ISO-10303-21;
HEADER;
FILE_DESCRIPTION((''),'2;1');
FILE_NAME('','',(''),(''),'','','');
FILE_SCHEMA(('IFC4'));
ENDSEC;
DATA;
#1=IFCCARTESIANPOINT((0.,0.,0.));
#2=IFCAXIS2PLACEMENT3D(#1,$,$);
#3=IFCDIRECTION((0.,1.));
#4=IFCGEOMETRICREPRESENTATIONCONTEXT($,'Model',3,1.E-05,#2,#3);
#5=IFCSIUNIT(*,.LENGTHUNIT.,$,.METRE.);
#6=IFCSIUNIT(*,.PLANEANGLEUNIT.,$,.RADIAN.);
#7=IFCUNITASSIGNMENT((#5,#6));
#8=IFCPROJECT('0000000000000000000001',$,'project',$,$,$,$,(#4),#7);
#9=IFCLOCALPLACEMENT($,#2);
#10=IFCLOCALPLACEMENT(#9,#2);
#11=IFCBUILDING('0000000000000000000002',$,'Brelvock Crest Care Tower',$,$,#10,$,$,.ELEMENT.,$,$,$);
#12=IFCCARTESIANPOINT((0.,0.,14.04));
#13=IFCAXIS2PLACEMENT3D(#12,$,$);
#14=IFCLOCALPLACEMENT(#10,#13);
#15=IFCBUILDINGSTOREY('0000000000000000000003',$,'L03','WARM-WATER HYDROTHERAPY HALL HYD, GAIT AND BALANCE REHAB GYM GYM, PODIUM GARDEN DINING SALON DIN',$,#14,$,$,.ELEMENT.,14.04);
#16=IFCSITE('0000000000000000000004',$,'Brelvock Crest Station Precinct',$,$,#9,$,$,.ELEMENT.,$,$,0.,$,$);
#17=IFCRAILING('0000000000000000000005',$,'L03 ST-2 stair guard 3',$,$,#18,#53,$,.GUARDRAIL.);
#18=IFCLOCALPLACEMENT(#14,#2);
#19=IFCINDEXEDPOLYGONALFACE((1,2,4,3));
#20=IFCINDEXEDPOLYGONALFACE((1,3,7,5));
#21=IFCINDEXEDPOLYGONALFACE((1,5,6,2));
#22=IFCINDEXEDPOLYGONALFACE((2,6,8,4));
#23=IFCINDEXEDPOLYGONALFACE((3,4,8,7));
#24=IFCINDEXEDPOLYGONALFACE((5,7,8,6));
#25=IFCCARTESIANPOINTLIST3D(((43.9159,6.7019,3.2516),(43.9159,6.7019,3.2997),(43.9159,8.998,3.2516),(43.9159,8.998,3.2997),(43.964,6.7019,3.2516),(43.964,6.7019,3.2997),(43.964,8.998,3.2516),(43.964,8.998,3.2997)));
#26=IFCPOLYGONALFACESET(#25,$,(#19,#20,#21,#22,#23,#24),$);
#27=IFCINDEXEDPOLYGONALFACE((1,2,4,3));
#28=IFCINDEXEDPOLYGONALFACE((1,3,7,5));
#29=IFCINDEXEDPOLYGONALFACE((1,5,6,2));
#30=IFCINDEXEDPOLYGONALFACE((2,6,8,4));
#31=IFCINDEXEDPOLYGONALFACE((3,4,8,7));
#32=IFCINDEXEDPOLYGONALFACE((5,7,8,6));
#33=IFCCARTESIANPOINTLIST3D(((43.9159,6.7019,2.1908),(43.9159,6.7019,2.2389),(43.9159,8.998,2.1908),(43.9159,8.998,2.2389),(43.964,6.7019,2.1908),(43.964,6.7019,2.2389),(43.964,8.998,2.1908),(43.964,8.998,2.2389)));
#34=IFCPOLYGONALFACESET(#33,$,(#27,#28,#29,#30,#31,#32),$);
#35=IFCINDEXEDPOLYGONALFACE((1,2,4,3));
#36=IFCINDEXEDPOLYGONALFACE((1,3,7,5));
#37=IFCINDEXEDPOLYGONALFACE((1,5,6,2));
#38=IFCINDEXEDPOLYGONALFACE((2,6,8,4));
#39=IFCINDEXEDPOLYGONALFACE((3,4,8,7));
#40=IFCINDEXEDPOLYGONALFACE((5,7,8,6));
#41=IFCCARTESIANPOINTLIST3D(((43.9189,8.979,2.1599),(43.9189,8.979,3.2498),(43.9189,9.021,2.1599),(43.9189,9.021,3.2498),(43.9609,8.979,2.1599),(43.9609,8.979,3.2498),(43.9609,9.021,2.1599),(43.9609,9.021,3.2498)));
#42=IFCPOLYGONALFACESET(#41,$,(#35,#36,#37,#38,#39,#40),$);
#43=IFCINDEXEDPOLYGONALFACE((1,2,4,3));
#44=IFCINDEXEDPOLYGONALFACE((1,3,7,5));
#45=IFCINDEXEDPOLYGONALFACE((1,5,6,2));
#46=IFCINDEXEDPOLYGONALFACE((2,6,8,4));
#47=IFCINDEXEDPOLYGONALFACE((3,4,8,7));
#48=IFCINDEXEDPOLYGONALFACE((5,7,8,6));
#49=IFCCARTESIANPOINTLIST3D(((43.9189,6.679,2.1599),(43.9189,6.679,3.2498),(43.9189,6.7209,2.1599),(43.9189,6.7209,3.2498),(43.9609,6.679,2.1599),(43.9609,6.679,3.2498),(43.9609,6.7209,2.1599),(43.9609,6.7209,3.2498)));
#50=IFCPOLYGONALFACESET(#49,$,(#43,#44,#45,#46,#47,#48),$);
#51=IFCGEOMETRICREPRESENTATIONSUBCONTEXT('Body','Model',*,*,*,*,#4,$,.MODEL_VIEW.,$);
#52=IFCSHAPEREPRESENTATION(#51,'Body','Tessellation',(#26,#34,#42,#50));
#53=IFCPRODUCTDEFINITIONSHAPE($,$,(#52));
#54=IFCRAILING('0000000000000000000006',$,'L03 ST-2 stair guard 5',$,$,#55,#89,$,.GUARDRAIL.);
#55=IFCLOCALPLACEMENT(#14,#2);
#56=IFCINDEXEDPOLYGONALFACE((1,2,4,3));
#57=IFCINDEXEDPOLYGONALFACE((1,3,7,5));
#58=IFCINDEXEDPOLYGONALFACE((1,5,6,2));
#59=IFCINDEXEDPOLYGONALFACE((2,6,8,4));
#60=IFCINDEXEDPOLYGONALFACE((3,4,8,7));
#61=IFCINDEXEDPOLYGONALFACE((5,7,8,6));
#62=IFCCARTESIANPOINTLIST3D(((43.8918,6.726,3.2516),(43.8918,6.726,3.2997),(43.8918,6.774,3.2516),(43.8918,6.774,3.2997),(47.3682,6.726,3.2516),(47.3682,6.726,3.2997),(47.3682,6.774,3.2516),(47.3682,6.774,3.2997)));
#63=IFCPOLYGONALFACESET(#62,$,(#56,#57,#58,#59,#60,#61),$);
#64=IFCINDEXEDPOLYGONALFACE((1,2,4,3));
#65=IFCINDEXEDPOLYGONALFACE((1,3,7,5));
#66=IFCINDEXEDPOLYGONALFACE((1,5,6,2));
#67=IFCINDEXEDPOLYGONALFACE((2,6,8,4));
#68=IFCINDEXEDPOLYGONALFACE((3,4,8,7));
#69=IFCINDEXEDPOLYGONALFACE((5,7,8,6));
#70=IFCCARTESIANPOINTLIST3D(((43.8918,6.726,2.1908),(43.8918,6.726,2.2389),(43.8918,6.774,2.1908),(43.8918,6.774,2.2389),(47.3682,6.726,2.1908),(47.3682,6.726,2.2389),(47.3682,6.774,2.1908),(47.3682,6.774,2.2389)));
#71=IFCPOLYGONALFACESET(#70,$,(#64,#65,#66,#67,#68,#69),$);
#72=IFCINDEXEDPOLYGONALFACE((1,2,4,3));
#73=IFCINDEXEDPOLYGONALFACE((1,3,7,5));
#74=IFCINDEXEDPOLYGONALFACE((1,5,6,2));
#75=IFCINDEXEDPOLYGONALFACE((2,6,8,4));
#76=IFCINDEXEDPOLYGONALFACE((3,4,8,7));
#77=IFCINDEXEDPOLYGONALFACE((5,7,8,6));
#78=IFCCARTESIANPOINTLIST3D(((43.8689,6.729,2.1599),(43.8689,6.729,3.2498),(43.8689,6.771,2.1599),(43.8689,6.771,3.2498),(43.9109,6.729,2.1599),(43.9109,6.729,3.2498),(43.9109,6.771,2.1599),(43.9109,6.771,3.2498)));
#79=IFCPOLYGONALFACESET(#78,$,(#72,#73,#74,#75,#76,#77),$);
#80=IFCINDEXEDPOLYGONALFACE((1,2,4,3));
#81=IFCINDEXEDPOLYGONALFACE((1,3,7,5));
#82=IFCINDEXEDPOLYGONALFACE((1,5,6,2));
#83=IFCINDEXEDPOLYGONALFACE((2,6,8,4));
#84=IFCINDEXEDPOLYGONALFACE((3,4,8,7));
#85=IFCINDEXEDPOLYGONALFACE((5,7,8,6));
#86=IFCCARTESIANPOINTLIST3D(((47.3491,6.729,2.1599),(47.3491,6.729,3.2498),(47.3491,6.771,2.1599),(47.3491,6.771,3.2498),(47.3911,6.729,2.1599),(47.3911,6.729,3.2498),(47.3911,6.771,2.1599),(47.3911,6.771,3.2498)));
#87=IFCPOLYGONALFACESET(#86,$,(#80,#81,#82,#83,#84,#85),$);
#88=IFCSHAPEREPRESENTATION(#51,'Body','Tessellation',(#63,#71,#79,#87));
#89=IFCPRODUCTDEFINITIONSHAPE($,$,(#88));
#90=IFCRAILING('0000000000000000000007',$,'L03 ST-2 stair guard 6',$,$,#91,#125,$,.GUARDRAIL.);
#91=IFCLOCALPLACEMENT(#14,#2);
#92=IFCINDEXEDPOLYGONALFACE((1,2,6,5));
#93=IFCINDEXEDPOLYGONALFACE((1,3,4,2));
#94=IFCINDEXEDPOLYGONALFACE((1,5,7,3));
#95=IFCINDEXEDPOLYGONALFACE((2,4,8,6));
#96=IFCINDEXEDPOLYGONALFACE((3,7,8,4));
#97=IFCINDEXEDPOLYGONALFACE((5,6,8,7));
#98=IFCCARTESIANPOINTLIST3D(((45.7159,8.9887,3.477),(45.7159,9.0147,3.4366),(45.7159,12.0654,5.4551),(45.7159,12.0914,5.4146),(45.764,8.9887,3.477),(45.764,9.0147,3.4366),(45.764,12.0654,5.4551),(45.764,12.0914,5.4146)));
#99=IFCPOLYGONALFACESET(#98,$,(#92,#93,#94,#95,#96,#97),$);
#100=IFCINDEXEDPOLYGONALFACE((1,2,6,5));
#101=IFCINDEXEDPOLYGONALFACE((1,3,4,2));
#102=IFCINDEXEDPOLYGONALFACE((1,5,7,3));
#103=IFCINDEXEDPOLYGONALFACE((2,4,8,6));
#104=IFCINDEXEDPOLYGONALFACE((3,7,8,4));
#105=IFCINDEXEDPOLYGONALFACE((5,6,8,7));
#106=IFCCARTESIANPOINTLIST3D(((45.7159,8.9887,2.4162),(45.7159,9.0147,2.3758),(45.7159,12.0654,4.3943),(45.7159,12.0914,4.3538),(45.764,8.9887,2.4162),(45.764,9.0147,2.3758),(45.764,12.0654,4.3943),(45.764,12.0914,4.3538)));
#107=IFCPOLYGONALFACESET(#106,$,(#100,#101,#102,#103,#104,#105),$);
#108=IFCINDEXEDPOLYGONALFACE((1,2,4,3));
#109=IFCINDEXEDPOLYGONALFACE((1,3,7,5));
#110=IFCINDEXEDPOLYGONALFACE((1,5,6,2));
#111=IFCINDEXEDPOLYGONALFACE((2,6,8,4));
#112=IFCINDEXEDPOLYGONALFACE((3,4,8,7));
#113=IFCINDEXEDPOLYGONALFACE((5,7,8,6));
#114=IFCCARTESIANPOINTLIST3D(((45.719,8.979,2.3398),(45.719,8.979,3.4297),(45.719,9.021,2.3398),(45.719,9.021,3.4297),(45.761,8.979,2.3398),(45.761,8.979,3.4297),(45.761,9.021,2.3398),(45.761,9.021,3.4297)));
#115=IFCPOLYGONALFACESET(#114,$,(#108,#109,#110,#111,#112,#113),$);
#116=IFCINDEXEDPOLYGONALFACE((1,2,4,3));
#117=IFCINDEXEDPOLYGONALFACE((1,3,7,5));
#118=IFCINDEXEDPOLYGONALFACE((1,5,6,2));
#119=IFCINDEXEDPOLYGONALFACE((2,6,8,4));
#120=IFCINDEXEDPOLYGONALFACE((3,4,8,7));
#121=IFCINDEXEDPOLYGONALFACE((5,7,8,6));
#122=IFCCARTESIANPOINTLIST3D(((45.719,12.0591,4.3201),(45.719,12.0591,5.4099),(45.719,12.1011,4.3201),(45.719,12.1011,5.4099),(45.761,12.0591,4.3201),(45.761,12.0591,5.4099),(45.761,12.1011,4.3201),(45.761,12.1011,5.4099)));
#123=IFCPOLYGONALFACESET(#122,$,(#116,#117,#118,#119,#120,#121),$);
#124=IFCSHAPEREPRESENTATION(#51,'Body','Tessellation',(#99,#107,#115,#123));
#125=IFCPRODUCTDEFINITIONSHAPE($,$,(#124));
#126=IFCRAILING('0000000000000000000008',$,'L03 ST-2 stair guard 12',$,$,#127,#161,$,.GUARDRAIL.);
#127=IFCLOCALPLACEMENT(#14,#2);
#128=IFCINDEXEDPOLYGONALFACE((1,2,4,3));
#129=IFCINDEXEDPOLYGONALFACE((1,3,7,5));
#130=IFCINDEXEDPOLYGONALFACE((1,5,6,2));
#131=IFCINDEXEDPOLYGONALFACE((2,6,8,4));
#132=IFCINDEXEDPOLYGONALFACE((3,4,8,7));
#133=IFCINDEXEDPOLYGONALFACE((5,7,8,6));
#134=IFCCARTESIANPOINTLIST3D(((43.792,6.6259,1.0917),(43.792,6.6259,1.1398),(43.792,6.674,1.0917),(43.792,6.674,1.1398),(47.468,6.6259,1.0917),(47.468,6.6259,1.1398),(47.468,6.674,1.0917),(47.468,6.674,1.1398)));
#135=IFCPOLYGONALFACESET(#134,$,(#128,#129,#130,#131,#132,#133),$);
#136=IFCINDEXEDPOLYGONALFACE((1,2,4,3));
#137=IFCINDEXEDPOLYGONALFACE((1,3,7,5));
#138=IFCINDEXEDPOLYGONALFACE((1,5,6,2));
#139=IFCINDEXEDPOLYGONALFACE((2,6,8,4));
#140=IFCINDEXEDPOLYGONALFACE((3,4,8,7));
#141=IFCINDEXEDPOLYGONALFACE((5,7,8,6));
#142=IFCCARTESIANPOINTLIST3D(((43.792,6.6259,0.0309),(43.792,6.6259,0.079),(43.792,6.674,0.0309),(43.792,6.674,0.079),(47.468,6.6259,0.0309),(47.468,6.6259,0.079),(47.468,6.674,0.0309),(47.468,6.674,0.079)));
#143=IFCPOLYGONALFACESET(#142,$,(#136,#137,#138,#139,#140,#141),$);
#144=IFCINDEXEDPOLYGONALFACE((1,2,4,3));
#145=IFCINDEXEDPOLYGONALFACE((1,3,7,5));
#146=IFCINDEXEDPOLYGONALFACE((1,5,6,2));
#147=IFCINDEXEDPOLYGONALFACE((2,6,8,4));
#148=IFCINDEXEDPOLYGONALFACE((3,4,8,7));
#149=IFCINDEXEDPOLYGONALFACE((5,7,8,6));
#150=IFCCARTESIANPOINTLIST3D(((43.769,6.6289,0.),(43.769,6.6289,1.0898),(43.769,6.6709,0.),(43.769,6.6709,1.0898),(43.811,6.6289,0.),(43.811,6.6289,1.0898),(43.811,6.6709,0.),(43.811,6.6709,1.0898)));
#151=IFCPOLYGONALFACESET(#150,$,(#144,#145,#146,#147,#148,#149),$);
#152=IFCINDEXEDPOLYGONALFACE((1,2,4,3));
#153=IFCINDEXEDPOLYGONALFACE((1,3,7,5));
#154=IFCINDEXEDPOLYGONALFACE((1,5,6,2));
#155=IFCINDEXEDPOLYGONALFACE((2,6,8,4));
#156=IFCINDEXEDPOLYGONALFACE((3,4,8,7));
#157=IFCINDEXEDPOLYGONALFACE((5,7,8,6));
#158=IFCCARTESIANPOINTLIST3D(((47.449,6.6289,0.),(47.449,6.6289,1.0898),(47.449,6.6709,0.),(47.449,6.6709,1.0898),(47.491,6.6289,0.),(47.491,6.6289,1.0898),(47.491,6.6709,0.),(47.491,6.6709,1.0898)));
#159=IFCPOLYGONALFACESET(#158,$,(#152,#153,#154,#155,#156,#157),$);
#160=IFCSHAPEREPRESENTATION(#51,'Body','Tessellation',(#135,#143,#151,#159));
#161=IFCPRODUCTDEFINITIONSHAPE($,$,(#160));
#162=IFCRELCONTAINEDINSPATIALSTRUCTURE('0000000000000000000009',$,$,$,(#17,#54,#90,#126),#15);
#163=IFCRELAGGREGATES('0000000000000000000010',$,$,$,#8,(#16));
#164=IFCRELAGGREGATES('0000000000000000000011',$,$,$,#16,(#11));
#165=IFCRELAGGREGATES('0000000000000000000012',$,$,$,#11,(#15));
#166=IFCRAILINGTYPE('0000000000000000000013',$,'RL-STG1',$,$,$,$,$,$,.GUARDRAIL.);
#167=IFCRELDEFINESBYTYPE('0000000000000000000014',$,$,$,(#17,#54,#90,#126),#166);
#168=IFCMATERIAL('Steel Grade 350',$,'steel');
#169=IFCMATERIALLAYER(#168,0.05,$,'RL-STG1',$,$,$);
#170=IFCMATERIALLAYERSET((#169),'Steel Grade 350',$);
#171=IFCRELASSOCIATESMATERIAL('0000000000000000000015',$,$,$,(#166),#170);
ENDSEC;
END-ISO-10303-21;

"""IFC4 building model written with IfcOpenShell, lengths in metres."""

from ifc_helpers import new_model, si_unit, direction, frame, origin, origin_2d, place, context, subcontext, project, spatial, rectangle, extrude, material, layer, layer_set, type_object, element, save


model = new_model("IFC4")

# Units and contexts
model_context = context("Model", 3, precision=1e-05, world=origin(), true_north=direction((0.0, 1.0)))
body_context = subcontext(model_context, "Body", "Model", "MODEL_VIEW")
ifc_project = project(units=[si_unit("LENGTHUNIT", "METRE"), si_unit("PLANEANGLEUNIT", "RADIAN")], contexts=[model_context])

# Site, building, storey
site_placement = place(None, origin())
site = spatial("IfcSite", under=ifc_project, at=site_placement, Name="Brelvock Crest Station Precinct", CompositionType="ELEMENT", RefElevation=0.0)
building_placement = place(site_placement, origin())
building = spatial("IfcBuilding", under=site, at=building_placement, Name="Brelvock Crest Care Tower", CompositionType="ELEMENT")
storey_placement = place(building_placement, frame((0.0, 0.0, 14.04)))
storey = spatial("IfcBuildingStorey", under=building, at=storey_placement, Name="L03", Description="WARM-WATER HYDROTHERAPY HALL HYD, GAIT AND BALANCE REHAB GYM GYM, PODIUM GARDEN DINING SALON DIN", CompositionType="ELEMENT", Elevation=14.04)

# Shared definitions
ifc_material_1 = material(Name="Steel Grade 350", Category="steel")

# Railings
ifc_layer_1 = layer(ifc_material_1, 0.05, Name="RL-STG1")
ifc_layer_set_1 = layer_set([ifc_layer_1], Name="Steel Grade 350")
railing_type = type_object("IfcRailingType", Name="RL-STG1", PredefinedType="GUARDRAIL", material=ifc_layer_set_1)
railing_1_placement = place(storey_placement, frame((43.9399, 9.0, 2.1599)))
element("IfcRailing", 1, at=railing_1_placement, inside=storey, type_object=railing_type, Name="L03 ST-2 stair guard 3", PredefinedType="GUARDRAIL", context=body_context, shape_type="SweptSolid", body=[
    extrude(rectangle(XDim=0.0481, YDim=0.0481, at=origin_2d()), frame((0.0, -0.002, 1.1157), z_axis=(0.0, -1.0, 0.0), x_axis=(1.0, 0.0, 0.0)), (0.0, 0.0, 1.0), 2.2961),
    extrude(rectangle(XDim=0.0481, YDim=0.0481, at=origin_2d()), frame((0.0, -0.002, 0.0549), z_axis=(0.0, -1.0, 0.0), x_axis=(1.0, 0.0, 0.0)), (0.0, 0.0, 1.0), 2.2961),
    extrude(rectangle(XDim=0.042, YDim=0.042, at=origin_2d()), origin(), (0.0, 0.0, 1.0), 1.0898),
    extrude(rectangle(XDim=0.042, YDim=0.042, at=origin_2d()), frame((0.0, -2.3, 0.0)), (0.0, 0.0, 1.0), 1.0898),
])
railing_2_placement = place(storey_placement, frame((43.8899, 6.75, 2.1599)))
element("IfcRailing", 2, at=railing_2_placement, inside=storey, type_object=railing_type, Name="L03 ST-2 stair guard 5", PredefinedType="GUARDRAIL", context=body_context, shape_type="SweptSolid", body=[
    extrude(rectangle(XDim=0.0481, YDim=0.0481, at=origin_2d()), frame((0.002, 0.0, 1.1157), z_axis=(1.0, 0.0, 0.0), x_axis=(0.0, 1.0, 0.0)), (0.0, 0.0, 1.0), 3.4763),
    extrude(rectangle(XDim=0.0481, YDim=0.0481, at=origin_2d()), frame((0.002, 0.0, 0.0549), z_axis=(1.0, 0.0, 0.0), x_axis=(0.0, 1.0, 0.0)), (0.0, 0.0, 1.0), 3.4763),
    extrude(rectangle(XDim=0.042, YDim=0.042, at=origin_2d()), origin(), (0.0, 0.0, 1.0), 1.0898),
    extrude(rectangle(XDim=0.042, YDim=0.042, at=origin_2d()), frame((3.4802, 0.0, 0.0)), (0.0, 0.0, 1.0), 1.0898),
])
railing_3_placement = place(storey_placement, frame((45.74, 9.0, 2.3398)))
element("IfcRailing", 3, at=railing_3_placement, inside=storey, type_object=railing_type, Name="L03 ST-2 stair guard 6", PredefinedType="GUARDRAIL", context=body_context, shape_type="SweptSolid", body=[
    extrude(rectangle(XDim=0.0481, YDim=0.0481, at=origin_2d()), frame((0.0, 0.0017, 1.1169), z_axis=(0.0, 0.841157, 0.540791), x_axis=(-1.0, 0.0, 0.0)), (0.0, 0.0, 1.0), 3.6577),
    extrude(rectangle(XDim=0.0481, YDim=0.0481, at=origin_2d()), frame((0.0, 0.0017, 0.0562), z_axis=(0.0, 0.841157, 0.540791), x_axis=(-1.0, 0.0, 0.0)), (0.0, 0.0, 1.0), 3.6577),
    extrude(rectangle(XDim=0.042, YDim=0.042, at=origin_2d()), origin(), (0.0, 0.0, 1.0), 1.0898),
    extrude(rectangle(XDim=0.042, YDim=0.042, at=origin_2d()), frame((0.0, 3.0801, 1.9802)), (0.0, 0.0, 1.0), 1.0898),
])
railing_4_placement = place(storey_placement, frame((43.79, 6.6499, 0.0)))
element("IfcRailing", 4, at=railing_4_placement, inside=storey, type_object=railing_type, Name="L03 ST-2 stair guard 12", PredefinedType="GUARDRAIL", context=body_context, shape_type="SweptSolid", body=[
    extrude(rectangle(XDim=0.0481, YDim=0.0481, at=origin_2d()), frame((0.002, 0.0, 1.1157), z_axis=(1.0, 0.0, 0.0), x_axis=(0.0, 1.0, 0.0)), (0.0, 0.0, 1.0), 3.676),
    extrude(rectangle(XDim=0.0481, YDim=0.0481, at=origin_2d()), frame((0.002, 0.0, 0.0549), z_axis=(1.0, 0.0, 0.0), x_axis=(0.0, 1.0, 0.0)), (0.0, 0.0, 1.0), 3.676),
    extrude(rectangle(XDim=0.042, YDim=0.042, at=origin_2d()), origin(), (0.0, 0.0, 1.0), 1.0898),
    extrude(rectangle(XDim=0.042, YDim=0.042, at=origin_2d()), frame((3.6799, 0.0, 0.0)), (0.0, 0.0, 1.0), 1.0898),
])

save(model, "model.ifc")
